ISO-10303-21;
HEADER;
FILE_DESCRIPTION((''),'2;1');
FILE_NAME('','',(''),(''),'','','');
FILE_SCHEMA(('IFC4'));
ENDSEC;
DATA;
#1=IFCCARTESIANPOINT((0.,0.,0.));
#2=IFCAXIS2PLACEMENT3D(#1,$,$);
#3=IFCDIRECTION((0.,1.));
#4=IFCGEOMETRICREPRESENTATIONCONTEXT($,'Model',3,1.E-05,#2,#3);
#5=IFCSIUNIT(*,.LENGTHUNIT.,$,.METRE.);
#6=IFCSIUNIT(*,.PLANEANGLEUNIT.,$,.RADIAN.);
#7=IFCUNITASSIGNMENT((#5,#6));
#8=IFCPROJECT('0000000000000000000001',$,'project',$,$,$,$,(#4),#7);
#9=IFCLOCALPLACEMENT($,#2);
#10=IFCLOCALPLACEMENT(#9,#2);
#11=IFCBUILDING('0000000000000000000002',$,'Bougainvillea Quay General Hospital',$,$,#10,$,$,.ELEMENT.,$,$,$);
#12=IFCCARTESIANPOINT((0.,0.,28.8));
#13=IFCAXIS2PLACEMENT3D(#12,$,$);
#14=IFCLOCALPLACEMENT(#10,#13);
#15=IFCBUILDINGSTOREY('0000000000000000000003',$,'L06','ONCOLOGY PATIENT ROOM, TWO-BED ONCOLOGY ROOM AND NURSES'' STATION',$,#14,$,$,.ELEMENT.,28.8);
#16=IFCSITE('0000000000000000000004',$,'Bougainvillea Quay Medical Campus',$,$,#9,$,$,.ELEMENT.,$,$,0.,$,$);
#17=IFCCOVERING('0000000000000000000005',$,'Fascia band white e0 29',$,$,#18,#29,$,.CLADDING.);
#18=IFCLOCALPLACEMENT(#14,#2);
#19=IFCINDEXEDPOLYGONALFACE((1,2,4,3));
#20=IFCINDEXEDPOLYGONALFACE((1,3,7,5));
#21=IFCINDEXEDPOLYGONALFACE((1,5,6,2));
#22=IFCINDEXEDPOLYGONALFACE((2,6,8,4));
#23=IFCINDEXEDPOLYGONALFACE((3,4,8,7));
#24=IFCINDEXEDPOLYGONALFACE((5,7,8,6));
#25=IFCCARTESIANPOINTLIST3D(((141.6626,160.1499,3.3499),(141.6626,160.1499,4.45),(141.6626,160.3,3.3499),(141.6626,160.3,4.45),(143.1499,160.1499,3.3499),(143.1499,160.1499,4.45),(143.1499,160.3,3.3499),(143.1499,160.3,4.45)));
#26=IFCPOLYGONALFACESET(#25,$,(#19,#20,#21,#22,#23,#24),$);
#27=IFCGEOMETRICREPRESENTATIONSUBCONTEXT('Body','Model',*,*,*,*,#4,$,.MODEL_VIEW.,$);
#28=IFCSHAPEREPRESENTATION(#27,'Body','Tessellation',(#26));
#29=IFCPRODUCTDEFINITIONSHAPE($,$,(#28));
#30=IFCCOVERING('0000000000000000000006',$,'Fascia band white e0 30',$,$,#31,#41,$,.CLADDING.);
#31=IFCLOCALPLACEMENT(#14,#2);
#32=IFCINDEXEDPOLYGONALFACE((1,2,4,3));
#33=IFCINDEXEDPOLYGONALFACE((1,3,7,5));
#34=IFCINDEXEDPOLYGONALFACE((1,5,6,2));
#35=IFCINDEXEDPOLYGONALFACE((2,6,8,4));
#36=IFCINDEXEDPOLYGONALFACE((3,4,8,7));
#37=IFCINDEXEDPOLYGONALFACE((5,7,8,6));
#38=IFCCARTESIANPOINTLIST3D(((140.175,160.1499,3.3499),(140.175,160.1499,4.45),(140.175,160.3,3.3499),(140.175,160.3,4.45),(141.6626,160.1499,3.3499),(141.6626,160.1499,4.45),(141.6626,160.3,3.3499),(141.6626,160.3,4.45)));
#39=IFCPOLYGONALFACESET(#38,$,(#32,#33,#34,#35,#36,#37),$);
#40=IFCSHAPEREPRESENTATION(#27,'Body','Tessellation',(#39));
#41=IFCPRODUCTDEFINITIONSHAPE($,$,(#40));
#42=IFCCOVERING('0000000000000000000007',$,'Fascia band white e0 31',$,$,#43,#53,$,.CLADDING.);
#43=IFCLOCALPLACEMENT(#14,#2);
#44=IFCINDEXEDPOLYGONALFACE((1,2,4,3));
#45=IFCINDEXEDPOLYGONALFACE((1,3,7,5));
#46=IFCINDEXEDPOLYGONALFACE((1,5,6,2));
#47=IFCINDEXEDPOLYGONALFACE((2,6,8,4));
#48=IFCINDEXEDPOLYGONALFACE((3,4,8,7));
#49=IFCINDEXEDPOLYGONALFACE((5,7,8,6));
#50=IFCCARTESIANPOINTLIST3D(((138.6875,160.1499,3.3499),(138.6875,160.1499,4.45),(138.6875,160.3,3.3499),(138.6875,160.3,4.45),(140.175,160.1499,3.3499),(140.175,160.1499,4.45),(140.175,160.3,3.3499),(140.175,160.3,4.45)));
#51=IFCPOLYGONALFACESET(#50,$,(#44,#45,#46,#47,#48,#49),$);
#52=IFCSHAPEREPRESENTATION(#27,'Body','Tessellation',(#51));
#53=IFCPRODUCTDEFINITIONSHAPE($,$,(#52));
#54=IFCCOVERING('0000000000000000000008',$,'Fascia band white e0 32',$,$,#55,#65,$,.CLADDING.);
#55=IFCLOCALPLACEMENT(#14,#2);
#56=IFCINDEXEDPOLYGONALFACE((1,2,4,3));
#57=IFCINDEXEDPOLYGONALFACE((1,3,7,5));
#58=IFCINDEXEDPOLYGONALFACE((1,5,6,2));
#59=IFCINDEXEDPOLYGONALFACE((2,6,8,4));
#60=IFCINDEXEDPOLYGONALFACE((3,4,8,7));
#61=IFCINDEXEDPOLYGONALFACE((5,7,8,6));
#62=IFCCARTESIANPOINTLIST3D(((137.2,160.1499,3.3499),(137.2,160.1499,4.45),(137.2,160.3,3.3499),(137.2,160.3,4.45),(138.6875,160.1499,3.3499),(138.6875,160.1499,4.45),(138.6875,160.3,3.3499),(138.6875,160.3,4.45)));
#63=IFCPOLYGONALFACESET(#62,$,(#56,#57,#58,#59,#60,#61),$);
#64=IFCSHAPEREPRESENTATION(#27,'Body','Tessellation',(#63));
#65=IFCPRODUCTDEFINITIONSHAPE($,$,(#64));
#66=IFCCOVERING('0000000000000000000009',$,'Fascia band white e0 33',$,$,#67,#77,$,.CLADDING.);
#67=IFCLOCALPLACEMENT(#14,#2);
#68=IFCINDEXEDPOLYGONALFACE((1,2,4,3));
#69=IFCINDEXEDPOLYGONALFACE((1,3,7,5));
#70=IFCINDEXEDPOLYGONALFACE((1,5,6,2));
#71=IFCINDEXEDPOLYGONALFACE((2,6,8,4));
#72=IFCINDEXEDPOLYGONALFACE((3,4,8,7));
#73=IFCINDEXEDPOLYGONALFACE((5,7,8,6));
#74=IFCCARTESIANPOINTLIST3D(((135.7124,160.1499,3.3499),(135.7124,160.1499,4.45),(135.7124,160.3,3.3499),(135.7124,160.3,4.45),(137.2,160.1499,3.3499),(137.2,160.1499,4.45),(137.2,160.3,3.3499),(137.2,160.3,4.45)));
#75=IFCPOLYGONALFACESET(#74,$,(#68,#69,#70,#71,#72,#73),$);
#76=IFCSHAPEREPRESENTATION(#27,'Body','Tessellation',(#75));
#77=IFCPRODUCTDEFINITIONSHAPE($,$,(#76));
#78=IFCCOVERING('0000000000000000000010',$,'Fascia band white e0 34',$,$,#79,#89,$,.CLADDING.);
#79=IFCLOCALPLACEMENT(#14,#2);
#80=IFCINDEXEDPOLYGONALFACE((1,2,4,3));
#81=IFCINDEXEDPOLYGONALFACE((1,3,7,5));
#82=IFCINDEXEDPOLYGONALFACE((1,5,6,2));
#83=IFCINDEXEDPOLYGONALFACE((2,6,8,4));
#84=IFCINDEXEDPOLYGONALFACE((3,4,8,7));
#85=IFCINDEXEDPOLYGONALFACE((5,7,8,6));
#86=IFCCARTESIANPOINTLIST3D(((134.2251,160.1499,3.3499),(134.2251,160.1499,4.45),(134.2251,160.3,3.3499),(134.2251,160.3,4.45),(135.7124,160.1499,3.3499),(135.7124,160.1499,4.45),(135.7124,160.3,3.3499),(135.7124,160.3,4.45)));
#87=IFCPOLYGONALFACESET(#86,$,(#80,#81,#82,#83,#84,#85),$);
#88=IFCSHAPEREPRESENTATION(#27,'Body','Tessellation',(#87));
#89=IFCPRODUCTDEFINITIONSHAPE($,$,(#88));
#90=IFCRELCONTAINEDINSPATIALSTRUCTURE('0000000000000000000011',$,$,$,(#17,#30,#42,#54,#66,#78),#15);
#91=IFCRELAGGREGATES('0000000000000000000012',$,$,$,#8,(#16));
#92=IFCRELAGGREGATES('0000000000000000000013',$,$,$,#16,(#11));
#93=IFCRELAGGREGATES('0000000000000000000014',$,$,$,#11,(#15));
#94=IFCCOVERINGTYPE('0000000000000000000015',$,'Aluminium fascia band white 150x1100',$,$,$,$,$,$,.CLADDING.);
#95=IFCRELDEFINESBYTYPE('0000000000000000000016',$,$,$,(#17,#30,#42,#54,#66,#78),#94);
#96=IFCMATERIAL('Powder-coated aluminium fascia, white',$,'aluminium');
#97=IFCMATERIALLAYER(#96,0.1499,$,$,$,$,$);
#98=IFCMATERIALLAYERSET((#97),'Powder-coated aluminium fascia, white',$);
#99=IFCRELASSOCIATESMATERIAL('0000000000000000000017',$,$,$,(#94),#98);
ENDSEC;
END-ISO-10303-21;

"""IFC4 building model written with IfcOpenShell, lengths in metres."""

from ifc_helpers import new_model, si_unit, direction, frame, origin, place, context, subcontext, project, spatial, polyline, outline, extrude, material, layer, layer_set, type_object, element, save


model = new_model("IFC4")

# Units and contexts
model_context = context("Model", 3, precision=1e-05, world=origin(), true_north=direction((0.0, 1.0)))
body_context = subcontext(model_context, "Body", "Model", "MODEL_VIEW")
ifc_project = project(units=[si_unit("LENGTHUNIT", "METRE"), si_unit("PLANEANGLEUNIT", "RADIAN")], contexts=[model_context])

# Site, building, storey
site_placement = place(None, origin())
site = spatial("IfcSite", under=ifc_project, at=site_placement, Name="Bougainvillea Quay Medical Campus", CompositionType="ELEMENT", RefElevation=0.0)
building_placement = place(site_placement, origin())
building = spatial("IfcBuilding", under=site, at=building_placement, Name="Bougainvillea Quay General Hospital", CompositionType="ELEMENT")
storey_placement = place(building_placement, frame((0.0, 0.0, 28.8)))
storey = spatial("IfcBuildingStorey", under=building, at=storey_placement, Name="L06", Description="ONCOLOGY PATIENT ROOM, TWO-BED ONCOLOGY ROOM AND NURSES' STATION", CompositionType="ELEMENT", Elevation=28.8)

# Coverings
ifc_material_1 = material(Name="Powder-coated aluminium fascia, white", Category="aluminium")
ifc_layer_1 = layer(ifc_material_1, 0.1499)
ifc_layer_set_1 = layer_set([ifc_layer_1], Name="Powder-coated aluminium fascia, white")
covering_type = type_object("IfcCoveringType", Name="Aluminium fascia band white 150x1100", PredefinedType="CLADDING", material=ifc_layer_set_1)
covering_1_placement = place(storey_placement, frame((143.1499, 160.1499, 3.3499), z_axis=(0.0, 0.0, 1.0), x_axis=(-1.0, 0.0, 0.0)))
element("IfcCovering", 1, at=covering_1_placement, inside=storey, type_object=covering_type, Name="Fascia band white e0 29", PredefinedType="CLADDING", context=body_context, shape_type="SweptSolid", body=[
    extrude(outline(polyline([(0.0, 0.0), (1.4873, 0.0), (1.4873, -0.1501), (0.0, -0.1501), (0.0, 0.0)])), origin(), (0.0, 0.0, 1.0), 1.1001),
])
for number, where, z_axis, x_axis, name in (
    (2, (141.6626, 160.1499, 3.3499), (0.0, 0.0, 1.0), (-1.0, 0.0, 0.0), "Fascia band white e0 30"),
    (3, (140.175, 160.1499, 3.3499), (0.0, 0.0, 1.0), (-1.0, 0.0, 0.0), "Fascia band white e0 31"),
    (4, (138.6875, 160.1499, 3.3499), (0.0, 0.0, 1.0), (-1.0, 0.0, 0.0), "Fascia band white e0 32"),
    (5, (137.2, 160.1499, 3.3499), (0.0, 0.0, 1.0), (-1.0, 0.0, 0.0), "Fascia band white e0 33"),
):
    element("IfcCovering", number, at=place(storey_placement, frame(where, z_axis=z_axis, x_axis=x_axis)), inside=storey, type_object=covering_type, Name=name, PredefinedType="CLADDING", context=body_context, shape_type="SweptSolid", body=[
        extrude(outline(polyline([(0.0, 0.0), (1.4875, 0.0), (1.4875, -0.1501), (0.0, -0.1501), (0.0, 0.0)])), origin(), (0.0, 0.0, 1.0), 1.1001),
    ])
covering_2_placement = place(storey_placement, frame((135.7124, 160.1499, 3.3499), z_axis=(0.0, 0.0, 1.0), x_axis=(-1.0, 0.0, 0.0)))
element("IfcCovering", 6, at=covering_2_placement, inside=storey, type_object=covering_type, Name="Fascia band white e0 34", PredefinedType="CLADDING", context=body_context, shape_type="SweptSolid", body=[
    extrude(outline(polyline([(0.0, 0.0), (1.4873, 0.0), (1.4873, -0.1501), (0.0, -0.1501), (0.0, 0.0)])), origin(), (0.0, 0.0, 1.0), 1.1001),
])

save(model, "model.ifc")
